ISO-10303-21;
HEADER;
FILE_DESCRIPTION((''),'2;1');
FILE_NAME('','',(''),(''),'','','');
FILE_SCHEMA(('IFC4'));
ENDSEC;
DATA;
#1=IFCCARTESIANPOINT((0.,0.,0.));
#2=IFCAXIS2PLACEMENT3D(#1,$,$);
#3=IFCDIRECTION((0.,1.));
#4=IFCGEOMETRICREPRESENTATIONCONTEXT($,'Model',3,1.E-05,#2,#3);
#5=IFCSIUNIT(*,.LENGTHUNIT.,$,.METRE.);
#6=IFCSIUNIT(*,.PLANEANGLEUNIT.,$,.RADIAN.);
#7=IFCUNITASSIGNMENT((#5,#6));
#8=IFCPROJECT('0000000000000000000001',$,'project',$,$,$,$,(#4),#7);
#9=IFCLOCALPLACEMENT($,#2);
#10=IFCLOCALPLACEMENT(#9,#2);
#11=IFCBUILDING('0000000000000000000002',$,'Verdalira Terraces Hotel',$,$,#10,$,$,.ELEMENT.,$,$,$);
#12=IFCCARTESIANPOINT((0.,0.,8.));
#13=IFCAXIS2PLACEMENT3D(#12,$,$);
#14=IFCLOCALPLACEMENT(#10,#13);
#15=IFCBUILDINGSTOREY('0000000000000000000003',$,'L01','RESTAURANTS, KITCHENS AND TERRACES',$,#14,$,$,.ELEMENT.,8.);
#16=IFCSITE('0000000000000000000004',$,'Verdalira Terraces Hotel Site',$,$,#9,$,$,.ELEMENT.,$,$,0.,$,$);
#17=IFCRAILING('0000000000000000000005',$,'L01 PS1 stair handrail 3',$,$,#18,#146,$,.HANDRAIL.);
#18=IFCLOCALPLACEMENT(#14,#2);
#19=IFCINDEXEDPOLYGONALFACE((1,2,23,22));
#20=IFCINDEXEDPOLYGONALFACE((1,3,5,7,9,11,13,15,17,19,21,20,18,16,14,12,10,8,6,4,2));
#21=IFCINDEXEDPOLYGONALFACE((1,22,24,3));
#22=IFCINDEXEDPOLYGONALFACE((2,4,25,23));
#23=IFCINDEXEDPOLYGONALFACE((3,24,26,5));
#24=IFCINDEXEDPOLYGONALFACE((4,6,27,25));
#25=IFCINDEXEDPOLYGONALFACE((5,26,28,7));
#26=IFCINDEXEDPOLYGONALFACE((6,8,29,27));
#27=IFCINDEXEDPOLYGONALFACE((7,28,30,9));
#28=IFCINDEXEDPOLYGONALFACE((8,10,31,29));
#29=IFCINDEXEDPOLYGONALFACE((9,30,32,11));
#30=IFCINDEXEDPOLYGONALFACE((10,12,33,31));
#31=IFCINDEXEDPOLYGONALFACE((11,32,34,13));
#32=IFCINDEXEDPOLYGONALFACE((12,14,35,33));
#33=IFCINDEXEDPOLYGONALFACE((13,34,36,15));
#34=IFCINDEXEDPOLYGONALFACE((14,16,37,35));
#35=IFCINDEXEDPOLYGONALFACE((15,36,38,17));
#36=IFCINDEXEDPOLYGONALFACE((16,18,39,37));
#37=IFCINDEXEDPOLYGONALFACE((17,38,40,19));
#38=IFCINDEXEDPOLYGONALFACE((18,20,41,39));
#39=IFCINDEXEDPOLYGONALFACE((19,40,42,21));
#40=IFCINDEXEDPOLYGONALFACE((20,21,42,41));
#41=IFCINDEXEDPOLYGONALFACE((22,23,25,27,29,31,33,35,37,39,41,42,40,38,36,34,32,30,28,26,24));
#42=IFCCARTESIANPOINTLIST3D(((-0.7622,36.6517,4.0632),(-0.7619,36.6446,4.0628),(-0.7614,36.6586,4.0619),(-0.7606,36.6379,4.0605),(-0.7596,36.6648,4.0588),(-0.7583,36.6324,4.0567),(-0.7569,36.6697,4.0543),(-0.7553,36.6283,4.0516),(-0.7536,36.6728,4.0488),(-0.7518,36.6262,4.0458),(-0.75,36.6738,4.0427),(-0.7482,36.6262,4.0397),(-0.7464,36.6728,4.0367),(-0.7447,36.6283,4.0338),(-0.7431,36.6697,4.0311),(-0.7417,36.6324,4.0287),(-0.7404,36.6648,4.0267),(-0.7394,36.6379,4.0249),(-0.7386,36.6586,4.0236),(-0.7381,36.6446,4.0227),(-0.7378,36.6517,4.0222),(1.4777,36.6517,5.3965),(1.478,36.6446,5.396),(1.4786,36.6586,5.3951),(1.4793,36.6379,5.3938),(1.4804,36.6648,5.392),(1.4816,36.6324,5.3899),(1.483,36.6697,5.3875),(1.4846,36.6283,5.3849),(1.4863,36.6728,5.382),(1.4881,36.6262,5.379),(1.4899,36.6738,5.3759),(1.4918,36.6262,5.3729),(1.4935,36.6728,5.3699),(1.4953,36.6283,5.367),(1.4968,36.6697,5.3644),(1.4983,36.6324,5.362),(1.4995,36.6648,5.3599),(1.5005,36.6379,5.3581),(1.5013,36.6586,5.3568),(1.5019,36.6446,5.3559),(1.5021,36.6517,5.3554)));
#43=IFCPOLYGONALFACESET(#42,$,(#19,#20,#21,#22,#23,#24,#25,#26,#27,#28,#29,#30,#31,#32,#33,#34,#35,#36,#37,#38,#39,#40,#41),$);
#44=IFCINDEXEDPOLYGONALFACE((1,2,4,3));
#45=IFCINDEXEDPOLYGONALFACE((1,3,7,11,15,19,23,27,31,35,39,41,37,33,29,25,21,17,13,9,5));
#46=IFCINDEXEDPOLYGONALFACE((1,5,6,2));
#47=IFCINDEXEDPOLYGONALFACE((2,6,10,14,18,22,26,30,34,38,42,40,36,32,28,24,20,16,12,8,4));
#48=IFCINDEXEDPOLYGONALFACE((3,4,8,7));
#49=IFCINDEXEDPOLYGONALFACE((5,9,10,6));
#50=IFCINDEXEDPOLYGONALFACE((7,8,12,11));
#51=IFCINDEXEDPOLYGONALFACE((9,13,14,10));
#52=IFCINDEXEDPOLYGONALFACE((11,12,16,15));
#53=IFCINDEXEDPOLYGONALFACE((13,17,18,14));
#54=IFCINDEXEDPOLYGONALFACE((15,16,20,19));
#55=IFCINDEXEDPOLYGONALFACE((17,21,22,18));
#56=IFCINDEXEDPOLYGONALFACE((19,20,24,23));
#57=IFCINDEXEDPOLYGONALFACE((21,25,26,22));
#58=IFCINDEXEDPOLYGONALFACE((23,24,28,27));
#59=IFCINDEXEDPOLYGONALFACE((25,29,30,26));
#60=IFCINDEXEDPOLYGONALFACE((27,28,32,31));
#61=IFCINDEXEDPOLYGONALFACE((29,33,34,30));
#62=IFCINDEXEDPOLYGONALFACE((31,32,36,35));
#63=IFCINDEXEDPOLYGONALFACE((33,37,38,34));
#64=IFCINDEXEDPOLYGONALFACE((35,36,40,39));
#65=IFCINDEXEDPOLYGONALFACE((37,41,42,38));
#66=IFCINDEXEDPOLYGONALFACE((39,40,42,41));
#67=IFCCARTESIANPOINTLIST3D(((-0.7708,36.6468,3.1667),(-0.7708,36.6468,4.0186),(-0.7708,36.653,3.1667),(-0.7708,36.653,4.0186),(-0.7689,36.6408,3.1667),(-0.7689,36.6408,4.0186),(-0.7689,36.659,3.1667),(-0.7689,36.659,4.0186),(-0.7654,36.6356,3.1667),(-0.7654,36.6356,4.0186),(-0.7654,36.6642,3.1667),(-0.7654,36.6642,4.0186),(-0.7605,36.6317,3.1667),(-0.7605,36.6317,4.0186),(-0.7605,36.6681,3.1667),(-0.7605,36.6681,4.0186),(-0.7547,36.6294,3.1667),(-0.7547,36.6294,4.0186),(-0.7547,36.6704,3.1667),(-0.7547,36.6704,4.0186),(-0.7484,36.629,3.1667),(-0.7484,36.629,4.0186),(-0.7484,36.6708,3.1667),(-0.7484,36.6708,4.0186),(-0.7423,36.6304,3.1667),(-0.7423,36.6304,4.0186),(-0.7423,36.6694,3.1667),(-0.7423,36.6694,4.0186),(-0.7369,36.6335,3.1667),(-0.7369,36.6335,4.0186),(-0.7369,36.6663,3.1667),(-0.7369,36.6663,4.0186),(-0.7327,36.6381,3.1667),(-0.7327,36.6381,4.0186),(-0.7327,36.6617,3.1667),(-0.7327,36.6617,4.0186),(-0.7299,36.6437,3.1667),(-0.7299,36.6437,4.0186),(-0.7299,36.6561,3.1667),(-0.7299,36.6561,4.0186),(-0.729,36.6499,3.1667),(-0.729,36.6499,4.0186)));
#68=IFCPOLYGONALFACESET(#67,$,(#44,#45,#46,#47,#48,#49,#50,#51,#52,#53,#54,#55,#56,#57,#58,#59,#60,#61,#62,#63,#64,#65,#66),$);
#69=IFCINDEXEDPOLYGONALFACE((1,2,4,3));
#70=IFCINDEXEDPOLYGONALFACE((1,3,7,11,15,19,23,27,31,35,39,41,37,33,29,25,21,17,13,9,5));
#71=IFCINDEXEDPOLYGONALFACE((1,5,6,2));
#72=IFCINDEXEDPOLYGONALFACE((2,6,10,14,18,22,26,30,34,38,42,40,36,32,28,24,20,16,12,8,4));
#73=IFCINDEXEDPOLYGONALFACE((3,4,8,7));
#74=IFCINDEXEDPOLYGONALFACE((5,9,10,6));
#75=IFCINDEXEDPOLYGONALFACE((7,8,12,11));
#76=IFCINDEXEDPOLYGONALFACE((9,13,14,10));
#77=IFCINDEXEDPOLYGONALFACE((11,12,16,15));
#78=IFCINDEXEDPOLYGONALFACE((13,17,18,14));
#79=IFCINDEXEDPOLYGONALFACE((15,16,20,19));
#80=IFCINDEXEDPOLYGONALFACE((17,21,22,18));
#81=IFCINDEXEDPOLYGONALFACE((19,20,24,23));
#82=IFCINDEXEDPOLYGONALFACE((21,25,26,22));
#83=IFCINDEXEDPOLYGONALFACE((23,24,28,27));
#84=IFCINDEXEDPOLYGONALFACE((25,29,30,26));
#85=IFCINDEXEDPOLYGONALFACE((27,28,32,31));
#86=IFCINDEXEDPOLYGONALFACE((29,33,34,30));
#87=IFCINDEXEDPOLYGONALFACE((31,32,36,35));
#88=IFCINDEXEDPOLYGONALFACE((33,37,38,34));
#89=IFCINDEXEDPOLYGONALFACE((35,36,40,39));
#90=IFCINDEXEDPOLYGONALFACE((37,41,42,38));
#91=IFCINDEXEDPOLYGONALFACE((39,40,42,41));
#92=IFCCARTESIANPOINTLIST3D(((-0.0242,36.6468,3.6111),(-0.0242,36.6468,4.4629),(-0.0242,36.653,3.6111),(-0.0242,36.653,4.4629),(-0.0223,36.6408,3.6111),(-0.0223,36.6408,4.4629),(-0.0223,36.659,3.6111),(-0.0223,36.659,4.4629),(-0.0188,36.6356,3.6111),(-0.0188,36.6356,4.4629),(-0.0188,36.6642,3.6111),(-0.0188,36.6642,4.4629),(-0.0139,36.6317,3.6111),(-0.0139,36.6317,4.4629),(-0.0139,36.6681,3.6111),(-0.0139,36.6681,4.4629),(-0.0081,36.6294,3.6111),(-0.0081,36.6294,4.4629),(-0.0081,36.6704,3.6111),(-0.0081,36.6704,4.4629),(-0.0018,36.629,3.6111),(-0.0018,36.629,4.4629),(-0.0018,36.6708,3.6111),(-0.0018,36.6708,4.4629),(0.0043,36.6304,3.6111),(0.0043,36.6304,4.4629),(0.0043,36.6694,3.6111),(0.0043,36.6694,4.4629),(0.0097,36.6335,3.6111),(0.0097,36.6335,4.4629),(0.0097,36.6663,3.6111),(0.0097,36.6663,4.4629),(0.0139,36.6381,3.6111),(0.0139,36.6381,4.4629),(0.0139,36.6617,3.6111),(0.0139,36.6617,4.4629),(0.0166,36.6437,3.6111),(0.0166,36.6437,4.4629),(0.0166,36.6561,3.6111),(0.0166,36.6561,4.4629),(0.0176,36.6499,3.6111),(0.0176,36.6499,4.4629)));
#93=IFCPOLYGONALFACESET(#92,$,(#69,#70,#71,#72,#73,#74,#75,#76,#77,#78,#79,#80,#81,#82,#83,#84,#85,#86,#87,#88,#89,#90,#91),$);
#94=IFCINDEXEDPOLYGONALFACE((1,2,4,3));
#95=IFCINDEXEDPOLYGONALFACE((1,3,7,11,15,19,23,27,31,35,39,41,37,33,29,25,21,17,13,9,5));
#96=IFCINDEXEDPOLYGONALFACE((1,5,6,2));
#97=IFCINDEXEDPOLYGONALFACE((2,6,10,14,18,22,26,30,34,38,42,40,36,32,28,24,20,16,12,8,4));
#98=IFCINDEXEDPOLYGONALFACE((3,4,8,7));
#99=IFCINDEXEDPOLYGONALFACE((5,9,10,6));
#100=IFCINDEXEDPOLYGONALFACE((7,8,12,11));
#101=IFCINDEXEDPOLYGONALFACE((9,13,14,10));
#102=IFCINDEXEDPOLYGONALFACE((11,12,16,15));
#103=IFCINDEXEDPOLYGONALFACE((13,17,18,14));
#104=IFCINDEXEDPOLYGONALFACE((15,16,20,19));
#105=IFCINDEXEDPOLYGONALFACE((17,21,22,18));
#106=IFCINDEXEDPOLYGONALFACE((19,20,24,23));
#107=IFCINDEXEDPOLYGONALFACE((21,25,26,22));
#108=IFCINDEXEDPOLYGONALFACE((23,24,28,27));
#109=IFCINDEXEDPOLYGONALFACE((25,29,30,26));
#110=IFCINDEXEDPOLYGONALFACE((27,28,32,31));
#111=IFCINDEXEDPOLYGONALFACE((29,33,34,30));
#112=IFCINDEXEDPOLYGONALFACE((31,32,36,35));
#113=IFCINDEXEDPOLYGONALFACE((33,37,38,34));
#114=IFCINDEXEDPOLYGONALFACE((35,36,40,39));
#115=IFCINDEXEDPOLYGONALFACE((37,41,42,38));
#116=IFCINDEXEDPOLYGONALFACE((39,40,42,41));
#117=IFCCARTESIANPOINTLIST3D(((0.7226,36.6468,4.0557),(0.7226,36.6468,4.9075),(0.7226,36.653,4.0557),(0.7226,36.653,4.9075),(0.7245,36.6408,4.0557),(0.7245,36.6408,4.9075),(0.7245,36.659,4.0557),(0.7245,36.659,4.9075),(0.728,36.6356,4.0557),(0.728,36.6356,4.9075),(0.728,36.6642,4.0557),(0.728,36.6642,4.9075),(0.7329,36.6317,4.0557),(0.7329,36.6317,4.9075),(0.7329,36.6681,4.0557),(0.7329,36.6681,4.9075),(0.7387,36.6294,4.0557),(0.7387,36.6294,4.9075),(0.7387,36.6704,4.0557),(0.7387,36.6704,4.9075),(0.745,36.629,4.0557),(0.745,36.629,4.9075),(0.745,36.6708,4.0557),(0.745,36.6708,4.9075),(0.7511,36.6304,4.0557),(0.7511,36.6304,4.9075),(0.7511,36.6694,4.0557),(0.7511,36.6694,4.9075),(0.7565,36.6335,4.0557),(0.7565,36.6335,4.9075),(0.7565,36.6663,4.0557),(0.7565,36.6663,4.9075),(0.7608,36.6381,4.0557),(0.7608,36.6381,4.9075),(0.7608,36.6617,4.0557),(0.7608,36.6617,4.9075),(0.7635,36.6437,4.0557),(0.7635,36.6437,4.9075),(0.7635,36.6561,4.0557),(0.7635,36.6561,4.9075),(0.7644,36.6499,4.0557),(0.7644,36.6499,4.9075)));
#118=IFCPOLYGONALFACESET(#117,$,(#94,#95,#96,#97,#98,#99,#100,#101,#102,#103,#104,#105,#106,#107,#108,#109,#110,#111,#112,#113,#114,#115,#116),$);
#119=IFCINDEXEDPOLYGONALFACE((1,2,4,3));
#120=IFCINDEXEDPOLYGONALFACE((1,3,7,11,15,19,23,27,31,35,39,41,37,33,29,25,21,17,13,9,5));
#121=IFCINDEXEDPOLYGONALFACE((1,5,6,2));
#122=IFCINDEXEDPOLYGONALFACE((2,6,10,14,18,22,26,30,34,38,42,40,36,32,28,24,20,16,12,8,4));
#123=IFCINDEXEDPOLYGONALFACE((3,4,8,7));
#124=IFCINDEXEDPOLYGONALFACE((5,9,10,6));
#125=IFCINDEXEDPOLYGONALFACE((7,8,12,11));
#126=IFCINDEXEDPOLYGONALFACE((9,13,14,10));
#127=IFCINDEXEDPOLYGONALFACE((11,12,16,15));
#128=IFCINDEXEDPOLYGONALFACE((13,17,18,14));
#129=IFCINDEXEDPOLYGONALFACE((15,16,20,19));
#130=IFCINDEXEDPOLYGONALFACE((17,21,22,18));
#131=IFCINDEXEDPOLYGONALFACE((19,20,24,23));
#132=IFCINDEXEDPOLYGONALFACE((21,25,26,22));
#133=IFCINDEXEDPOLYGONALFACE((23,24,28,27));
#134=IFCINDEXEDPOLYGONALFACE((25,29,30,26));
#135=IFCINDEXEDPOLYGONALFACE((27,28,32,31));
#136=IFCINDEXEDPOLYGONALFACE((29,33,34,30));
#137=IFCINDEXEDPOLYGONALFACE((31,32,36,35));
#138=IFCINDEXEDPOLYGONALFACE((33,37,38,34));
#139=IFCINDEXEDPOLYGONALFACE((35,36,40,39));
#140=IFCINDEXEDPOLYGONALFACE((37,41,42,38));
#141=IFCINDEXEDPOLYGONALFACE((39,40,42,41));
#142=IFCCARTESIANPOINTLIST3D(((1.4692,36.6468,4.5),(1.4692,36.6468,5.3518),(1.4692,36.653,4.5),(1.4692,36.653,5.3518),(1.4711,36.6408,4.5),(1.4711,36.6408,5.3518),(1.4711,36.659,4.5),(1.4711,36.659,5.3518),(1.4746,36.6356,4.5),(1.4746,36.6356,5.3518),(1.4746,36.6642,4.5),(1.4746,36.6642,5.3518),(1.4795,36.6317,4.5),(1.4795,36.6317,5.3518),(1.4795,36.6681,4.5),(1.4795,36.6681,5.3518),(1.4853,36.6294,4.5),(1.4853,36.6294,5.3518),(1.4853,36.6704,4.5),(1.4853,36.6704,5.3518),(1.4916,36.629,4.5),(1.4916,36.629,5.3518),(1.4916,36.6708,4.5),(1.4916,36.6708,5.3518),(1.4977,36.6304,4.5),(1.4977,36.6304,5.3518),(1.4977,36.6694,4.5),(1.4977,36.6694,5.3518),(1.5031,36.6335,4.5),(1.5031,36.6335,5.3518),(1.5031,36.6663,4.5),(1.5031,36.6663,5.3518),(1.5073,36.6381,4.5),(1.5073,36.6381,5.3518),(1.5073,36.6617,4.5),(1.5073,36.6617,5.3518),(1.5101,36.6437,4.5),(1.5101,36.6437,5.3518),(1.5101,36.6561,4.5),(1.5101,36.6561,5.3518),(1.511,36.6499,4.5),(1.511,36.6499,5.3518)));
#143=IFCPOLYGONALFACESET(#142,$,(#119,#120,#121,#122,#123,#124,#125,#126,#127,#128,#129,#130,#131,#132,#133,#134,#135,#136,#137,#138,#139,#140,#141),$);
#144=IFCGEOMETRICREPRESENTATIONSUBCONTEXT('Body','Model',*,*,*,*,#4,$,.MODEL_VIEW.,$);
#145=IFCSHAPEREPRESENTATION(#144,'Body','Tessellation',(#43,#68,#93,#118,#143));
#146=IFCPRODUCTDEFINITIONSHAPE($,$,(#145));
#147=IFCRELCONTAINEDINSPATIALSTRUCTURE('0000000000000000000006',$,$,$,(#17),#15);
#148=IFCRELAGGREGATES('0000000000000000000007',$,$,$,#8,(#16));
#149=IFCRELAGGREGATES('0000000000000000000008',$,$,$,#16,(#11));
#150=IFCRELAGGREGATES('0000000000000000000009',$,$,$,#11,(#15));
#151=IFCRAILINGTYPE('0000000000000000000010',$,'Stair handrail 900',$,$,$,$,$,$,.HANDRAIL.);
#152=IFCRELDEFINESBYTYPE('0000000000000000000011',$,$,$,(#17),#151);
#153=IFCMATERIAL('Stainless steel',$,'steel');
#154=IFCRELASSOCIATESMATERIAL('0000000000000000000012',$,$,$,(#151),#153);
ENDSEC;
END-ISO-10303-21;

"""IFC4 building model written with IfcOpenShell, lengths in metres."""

from ifc_helpers import new_model, si_unit, direction, frame, origin, origin_2d, place, context, subcontext, project, spatial, circle, extrude, material, type_object, element, save


model = new_model("IFC4")

# Units and contexts
model_context = context("Model", 3, precision=1e-05, world=origin(), true_north=direction((0.0, 1.0)))
body_context = subcontext(model_context, "Body", "Model", "MODEL_VIEW")
ifc_project = project(units=[si_unit("LENGTHUNIT", "METRE"), si_unit("PLANEANGLEUNIT", "RADIAN")], contexts=[model_context])

# Site, building, storey
site_placement = place(None, origin())
site = spatial("IfcSite", under=ifc_project, at=site_placement, Name="Verdalira Terraces Hotel Site", CompositionType="ELEMENT", RefElevation=0.0)
building_placement = place(site_placement, origin())
building = spatial("IfcBuilding", under=site, at=building_placement, Name="Verdalira Terraces Hotel", CompositionType="ELEMENT")
storey_placement = place(building_placement, frame((0.0, 0.0, 8.0)))
storey = spatial("IfcBuildingStorey", under=building, at=storey_placement, Name="L01", Description="RESTAURANTS, KITCHENS AND TERRACES", CompositionType="ELEMENT", Elevation=8.0)

# Railing
ifc_material_1 = material(Name="Stainless steel", Category="steel")
railing_type_1 = type_object("IfcRailingType", Name="Stair handrail 900", PredefinedType="HANDRAIL", material=ifc_material_1)
for number, where, name in (
    (1, (-0.75, 36.6499, 3.1667), "L01 PS1 stair handrail 3"),
):
    element("IfcRailing", number, at=place(storey_placement, frame(where)), inside=storey, type_object=railing_type_1, Name=name, PredefinedType="HANDRAIL", context=body_context, shape_type="SweptSolid", body=[
        extrude(circle(Radius=0.0239, at=origin_2d()), frame((0.0, 0.0, 0.876), z_axis=(0.859306, 0.0, 0.511462), x_axis=(0.0, 1.0, 0.0)), (0.0, 0.0, 1.0), 2.6067),
        extrude(circle(Radius=0.021, at=origin_2d()), origin(), (0.0, 0.0, 1.0), 0.8518),
        extrude(circle(Radius=0.021, at=origin_2d()), frame((0.7466, 0.0, 0.4443)), (0.0, 0.0, 1.0), 0.8518),
        extrude(circle(Radius=0.021, at=origin_2d()), frame((1.4934, 0.0, 0.8889)), (0.0, 0.0, 1.0), 0.8518),
        extrude(circle(Radius=0.021, at=origin_2d()), frame((2.24, 0.0, 1.3333)), (0.0, 0.0, 1.0), 0.8518),
    ])

save(model, "model.ifc")
